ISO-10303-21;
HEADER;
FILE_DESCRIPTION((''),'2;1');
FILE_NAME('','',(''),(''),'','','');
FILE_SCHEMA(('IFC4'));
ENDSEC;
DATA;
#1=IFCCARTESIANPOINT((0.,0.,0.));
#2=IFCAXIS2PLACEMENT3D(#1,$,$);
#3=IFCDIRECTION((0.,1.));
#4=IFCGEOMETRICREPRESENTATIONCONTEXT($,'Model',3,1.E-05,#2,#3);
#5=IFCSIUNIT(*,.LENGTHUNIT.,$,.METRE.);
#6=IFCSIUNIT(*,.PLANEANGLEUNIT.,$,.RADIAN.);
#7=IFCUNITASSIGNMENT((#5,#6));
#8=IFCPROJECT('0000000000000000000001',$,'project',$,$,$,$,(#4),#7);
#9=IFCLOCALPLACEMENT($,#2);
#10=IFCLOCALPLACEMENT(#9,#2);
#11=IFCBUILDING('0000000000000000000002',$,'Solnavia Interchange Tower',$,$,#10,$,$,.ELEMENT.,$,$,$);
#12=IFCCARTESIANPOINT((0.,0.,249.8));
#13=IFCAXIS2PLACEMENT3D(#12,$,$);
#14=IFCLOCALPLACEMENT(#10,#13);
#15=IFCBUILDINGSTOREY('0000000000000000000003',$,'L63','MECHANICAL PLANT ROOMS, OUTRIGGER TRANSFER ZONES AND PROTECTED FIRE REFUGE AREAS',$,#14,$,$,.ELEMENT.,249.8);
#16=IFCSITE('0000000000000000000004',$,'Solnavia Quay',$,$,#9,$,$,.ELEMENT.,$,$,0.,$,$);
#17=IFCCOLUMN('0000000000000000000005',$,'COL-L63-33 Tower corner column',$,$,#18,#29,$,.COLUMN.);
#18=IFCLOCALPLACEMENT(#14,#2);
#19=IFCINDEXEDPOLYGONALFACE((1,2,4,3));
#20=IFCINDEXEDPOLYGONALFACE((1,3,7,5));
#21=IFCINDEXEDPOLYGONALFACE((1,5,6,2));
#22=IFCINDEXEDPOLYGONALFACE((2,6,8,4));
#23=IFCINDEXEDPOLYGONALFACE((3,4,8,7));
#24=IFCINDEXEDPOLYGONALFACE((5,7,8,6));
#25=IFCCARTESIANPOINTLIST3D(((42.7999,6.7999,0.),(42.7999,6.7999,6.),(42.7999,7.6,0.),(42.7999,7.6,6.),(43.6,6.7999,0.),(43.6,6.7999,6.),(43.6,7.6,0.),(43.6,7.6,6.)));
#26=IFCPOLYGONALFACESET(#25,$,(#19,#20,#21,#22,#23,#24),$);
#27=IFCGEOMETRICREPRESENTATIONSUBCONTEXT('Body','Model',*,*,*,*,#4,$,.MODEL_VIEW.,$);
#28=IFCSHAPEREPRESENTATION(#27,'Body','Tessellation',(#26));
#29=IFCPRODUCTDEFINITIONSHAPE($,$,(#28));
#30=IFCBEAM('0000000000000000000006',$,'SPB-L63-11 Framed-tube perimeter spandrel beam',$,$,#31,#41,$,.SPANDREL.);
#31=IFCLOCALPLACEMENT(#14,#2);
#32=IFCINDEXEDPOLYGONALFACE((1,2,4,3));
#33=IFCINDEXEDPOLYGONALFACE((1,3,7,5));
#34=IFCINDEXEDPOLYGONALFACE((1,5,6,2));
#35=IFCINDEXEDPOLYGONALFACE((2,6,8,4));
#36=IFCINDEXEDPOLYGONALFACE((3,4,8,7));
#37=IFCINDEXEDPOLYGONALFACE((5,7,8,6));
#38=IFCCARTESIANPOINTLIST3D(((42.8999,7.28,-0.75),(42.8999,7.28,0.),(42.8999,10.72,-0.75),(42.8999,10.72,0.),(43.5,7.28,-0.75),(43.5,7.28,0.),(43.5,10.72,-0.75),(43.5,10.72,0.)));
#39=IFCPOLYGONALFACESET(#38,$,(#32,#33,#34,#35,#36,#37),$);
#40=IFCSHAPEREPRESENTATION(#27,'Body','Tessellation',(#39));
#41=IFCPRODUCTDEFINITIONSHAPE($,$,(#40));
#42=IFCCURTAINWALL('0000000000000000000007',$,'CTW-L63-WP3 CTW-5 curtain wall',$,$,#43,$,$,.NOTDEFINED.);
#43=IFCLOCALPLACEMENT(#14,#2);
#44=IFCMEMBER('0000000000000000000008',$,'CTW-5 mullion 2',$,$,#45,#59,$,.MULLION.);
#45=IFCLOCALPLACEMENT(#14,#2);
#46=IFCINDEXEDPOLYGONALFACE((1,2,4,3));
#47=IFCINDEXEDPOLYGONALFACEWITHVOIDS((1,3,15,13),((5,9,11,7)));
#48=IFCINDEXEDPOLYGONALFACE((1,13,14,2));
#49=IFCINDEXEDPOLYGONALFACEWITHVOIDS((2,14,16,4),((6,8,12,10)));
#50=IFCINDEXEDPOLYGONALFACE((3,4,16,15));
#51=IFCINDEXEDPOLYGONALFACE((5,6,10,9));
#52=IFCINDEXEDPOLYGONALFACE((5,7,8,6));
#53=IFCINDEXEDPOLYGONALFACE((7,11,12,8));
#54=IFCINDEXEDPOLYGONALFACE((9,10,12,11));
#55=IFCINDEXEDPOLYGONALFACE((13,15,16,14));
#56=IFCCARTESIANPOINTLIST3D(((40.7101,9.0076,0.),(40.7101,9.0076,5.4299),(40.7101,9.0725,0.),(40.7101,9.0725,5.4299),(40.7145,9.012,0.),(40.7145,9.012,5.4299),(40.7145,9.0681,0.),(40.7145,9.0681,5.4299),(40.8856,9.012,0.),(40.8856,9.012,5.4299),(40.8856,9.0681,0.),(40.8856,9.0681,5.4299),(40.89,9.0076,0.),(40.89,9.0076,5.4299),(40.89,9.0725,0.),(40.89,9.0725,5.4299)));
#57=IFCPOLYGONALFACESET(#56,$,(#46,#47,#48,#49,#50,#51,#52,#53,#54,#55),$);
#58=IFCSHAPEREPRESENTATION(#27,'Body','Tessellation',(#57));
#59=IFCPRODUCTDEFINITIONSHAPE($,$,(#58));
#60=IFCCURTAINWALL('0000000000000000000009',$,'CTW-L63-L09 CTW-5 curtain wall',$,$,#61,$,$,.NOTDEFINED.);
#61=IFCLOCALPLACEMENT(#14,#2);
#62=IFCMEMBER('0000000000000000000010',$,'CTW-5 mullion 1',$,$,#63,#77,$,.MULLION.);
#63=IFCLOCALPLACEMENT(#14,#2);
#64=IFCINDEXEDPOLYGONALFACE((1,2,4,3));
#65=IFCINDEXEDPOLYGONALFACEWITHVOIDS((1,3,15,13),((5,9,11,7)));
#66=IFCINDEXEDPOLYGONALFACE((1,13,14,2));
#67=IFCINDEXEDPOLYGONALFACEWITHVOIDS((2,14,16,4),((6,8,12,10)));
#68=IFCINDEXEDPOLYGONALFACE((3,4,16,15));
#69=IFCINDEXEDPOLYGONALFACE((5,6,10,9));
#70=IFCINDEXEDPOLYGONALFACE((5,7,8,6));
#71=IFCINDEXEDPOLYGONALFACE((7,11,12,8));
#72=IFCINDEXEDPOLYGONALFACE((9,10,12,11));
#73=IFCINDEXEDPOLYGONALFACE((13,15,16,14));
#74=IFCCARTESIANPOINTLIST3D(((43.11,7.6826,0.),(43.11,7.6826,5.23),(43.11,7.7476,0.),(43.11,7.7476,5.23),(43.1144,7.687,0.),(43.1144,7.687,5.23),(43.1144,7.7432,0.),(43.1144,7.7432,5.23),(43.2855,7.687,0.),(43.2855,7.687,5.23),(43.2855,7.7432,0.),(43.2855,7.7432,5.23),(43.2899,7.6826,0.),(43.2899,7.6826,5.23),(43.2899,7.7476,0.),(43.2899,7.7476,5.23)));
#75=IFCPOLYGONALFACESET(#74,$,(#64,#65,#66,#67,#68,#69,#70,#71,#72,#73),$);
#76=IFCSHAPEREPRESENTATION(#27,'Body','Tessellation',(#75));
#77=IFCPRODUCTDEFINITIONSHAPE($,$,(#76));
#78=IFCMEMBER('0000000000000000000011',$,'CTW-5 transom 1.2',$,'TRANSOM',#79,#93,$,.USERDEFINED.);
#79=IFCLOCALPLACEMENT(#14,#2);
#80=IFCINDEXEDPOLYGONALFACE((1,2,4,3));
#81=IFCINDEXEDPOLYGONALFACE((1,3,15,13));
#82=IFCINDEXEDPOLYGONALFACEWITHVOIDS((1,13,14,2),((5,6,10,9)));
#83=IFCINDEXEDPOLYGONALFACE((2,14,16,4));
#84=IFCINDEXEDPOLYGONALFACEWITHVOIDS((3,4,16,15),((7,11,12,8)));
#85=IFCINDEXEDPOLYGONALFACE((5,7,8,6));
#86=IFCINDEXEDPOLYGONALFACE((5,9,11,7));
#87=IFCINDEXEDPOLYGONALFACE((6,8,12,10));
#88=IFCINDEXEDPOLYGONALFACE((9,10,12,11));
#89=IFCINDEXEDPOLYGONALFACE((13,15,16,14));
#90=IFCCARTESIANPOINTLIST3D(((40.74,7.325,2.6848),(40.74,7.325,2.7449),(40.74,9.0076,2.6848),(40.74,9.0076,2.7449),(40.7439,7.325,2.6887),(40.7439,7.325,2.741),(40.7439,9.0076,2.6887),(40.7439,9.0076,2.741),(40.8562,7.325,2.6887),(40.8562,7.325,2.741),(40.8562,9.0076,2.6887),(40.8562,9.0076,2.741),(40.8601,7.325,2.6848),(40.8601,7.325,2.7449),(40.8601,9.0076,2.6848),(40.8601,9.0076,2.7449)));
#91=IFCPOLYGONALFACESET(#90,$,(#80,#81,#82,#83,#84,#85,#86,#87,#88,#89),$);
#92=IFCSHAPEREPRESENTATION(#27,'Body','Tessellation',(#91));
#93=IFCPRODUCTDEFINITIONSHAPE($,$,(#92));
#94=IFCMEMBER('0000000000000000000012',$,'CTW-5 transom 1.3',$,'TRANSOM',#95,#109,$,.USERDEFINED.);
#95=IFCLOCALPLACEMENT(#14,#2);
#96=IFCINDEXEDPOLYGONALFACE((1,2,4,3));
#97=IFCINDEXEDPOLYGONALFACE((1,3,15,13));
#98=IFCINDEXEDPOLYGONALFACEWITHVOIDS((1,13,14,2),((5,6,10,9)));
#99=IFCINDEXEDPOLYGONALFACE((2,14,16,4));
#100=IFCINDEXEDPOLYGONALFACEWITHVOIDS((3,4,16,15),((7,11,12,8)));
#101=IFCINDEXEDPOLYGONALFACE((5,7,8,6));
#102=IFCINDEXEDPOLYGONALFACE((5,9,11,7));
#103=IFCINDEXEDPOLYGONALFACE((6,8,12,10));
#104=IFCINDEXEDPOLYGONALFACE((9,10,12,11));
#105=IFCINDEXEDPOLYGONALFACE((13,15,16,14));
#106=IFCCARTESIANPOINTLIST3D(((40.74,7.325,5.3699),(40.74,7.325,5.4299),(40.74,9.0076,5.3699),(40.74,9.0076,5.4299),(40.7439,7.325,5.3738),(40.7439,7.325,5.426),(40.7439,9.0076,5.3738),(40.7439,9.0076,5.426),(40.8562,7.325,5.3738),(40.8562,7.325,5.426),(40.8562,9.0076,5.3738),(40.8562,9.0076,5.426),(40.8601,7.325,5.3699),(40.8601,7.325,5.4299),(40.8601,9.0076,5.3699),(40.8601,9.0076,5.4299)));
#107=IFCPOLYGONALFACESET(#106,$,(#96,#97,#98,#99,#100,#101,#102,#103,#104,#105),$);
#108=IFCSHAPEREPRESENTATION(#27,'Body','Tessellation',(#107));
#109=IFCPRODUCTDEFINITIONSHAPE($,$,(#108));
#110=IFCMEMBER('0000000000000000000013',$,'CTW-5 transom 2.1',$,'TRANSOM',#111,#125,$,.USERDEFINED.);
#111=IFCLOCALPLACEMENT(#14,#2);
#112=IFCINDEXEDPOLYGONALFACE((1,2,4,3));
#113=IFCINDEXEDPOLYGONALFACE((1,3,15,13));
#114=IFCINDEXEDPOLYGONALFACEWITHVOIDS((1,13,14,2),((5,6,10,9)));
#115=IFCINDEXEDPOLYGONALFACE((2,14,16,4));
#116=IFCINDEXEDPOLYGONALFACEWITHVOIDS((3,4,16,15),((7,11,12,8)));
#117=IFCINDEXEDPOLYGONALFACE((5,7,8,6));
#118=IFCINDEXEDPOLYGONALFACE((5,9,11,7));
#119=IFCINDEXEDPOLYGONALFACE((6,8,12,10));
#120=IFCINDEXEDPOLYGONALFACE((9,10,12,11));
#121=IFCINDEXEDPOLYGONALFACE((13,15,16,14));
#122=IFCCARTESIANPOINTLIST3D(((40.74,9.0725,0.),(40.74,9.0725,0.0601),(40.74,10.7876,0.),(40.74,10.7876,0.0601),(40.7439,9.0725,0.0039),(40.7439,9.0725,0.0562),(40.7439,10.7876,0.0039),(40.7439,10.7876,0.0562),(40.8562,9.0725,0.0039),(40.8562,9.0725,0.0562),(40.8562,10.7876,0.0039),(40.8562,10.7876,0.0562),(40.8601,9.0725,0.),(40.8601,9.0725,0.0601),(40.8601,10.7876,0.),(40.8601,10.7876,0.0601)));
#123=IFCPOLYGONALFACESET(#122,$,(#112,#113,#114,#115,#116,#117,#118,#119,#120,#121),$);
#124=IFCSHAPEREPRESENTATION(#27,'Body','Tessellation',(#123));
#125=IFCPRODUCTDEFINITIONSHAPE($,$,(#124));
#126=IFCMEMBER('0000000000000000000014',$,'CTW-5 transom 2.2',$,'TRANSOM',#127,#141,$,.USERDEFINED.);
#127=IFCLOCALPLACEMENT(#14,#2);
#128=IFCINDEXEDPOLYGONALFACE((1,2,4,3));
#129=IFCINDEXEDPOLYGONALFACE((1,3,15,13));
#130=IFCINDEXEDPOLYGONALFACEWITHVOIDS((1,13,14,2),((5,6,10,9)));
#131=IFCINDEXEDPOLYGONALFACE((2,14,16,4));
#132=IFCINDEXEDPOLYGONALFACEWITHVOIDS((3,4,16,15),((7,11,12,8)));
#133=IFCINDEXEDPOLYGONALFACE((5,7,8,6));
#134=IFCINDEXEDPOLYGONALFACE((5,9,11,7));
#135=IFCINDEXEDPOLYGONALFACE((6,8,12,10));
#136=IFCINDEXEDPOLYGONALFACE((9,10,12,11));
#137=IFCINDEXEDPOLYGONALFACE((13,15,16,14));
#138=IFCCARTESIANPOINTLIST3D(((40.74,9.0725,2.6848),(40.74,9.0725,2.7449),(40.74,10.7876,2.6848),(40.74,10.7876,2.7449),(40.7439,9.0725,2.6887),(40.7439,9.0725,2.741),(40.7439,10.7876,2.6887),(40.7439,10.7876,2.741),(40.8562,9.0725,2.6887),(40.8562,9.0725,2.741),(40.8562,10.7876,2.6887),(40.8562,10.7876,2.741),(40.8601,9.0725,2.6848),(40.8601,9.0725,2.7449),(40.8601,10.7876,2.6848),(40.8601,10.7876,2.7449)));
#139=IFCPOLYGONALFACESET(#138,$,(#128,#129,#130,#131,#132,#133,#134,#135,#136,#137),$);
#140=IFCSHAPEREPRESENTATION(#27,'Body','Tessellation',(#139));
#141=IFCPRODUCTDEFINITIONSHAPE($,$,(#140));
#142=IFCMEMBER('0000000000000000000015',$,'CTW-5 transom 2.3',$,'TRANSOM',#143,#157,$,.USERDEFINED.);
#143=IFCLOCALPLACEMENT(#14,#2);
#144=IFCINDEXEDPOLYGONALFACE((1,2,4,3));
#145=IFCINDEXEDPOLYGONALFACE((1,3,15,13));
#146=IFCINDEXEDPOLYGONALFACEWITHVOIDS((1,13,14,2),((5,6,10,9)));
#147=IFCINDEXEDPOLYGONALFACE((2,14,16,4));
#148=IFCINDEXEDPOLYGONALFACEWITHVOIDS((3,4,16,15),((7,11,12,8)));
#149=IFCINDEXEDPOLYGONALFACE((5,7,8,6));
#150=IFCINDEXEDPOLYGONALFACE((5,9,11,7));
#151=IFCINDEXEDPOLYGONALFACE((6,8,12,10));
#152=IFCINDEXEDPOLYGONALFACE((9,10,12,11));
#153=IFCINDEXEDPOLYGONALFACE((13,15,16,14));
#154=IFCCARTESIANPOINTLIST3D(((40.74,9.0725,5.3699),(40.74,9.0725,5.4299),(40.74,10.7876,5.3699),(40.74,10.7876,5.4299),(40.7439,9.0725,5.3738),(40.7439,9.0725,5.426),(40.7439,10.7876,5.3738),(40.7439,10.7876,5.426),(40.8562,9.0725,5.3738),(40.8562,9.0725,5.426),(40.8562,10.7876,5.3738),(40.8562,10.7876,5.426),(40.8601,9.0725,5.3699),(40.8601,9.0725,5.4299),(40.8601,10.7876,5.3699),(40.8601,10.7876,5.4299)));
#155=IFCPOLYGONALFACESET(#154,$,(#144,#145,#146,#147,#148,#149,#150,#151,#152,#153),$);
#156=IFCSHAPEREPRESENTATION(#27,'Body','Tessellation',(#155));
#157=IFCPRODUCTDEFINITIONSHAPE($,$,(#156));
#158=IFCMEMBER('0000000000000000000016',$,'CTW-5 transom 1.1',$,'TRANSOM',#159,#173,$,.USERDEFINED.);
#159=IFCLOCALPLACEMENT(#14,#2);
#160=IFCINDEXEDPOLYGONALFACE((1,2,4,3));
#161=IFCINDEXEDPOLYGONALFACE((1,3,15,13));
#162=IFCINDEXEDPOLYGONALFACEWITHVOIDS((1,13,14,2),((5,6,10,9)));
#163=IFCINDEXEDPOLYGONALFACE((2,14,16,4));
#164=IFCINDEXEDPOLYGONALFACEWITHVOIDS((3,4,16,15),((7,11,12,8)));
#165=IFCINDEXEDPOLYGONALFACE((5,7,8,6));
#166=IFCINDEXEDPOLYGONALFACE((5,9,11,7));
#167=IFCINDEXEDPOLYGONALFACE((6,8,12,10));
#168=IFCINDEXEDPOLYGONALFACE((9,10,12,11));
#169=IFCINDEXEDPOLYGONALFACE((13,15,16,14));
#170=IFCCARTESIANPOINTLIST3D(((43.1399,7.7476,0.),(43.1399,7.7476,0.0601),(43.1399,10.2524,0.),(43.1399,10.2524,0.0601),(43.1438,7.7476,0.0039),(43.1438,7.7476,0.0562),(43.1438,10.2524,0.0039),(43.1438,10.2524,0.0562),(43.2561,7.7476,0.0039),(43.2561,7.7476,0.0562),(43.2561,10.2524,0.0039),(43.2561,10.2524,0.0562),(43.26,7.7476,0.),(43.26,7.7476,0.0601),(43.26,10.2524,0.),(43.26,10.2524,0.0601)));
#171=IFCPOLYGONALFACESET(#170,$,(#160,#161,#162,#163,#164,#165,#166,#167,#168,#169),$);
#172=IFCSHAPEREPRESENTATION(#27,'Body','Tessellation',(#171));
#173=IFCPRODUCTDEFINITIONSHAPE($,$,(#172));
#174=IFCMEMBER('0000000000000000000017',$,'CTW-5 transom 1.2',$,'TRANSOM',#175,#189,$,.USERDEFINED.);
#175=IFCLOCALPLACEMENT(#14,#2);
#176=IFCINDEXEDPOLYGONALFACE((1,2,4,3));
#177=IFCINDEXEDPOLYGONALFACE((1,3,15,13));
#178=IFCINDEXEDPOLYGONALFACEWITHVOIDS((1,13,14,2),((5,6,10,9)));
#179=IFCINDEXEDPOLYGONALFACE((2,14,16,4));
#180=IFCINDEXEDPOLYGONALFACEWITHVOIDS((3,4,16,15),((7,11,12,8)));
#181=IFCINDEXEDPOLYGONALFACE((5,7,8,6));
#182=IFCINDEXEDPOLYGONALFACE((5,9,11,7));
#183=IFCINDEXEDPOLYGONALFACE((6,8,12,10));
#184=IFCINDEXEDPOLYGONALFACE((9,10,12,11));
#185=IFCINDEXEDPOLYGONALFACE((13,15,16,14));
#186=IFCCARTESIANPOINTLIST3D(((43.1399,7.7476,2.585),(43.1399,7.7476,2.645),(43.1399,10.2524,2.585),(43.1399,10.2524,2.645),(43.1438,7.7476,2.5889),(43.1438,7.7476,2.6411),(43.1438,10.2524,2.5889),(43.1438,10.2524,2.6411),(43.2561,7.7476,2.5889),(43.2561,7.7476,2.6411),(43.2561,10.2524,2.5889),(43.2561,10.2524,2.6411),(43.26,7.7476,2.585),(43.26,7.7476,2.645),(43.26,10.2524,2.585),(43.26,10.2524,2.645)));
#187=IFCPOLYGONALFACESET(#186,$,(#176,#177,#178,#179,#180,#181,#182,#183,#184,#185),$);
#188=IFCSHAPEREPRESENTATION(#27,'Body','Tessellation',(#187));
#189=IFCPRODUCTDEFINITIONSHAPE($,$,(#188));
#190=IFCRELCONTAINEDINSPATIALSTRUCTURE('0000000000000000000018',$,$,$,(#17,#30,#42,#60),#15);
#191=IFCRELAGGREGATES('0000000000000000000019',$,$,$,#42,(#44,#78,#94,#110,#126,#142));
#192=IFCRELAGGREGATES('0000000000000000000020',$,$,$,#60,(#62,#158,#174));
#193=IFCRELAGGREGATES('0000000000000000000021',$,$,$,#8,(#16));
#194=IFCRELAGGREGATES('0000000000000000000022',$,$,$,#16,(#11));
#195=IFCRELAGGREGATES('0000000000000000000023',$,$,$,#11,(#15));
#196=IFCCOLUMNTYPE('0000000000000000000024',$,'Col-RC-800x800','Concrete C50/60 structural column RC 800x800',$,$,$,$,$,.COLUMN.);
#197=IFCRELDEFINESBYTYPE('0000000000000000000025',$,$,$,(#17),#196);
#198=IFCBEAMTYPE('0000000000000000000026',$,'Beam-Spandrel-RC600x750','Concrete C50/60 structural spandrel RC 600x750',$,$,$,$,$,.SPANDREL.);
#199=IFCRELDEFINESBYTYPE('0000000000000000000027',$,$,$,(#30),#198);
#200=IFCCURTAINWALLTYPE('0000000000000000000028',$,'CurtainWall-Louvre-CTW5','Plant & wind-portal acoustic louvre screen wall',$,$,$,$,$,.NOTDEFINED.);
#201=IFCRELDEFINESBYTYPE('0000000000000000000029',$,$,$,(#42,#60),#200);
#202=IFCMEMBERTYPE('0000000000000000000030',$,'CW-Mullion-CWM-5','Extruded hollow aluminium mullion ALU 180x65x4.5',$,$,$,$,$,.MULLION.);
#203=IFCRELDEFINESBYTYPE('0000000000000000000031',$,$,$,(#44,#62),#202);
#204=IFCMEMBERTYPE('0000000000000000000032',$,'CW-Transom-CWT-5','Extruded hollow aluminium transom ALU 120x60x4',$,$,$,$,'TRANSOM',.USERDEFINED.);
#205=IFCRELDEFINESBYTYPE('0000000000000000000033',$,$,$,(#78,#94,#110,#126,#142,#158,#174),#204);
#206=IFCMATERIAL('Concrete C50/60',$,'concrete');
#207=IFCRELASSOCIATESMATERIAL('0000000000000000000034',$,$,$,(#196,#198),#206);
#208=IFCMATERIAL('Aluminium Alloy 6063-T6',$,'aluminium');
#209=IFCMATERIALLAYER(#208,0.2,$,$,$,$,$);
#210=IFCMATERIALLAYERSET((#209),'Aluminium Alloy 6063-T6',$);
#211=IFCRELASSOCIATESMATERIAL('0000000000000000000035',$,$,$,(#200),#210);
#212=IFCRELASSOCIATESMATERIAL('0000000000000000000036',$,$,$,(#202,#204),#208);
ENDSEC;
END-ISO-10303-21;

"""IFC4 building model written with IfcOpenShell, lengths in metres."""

from ifc_helpers import new_model, si_unit, direction, frame, origin, origin_2d, place, context, subcontext, project, spatial, rectangle, hollow_rectangle, extrude, material, layer, layer_set, material_profile, profile_set, type_object, element, aggregate, save


model = new_model("IFC4")

# Units and contexts
model_context = context("Model", 3, precision=1e-05, world=origin(), true_north=direction((0.0, 1.0)))
body_context = subcontext(model_context, "Body", "Model", "MODEL_VIEW")
ifc_project = project(units=[si_unit("LENGTHUNIT", "METRE"), si_unit("PLANEANGLEUNIT", "RADIAN")], contexts=[model_context])

# Site, building, storey
site_placement = place(None, origin())
site = spatial("IfcSite", under=ifc_project, at=site_placement, Name="Solnavia Quay", CompositionType="ELEMENT", RefElevation=0.0)
building_placement = place(site_placement, origin())
building = spatial("IfcBuilding", under=site, at=building_placement, Name="Solnavia Interchange Tower", CompositionType="ELEMENT")
storey_placement = place(building_placement, frame((0.0, 0.0, 249.8)))
storey = spatial("IfcBuildingStorey", under=building, at=storey_placement, Name="L63", Description="MECHANICAL PLANT ROOMS, OUTRIGGER TRANSFER ZONES AND PROTECTED FIRE REFUGE AREAS", CompositionType="ELEMENT", Elevation=249.8)

# Column
ifc_material_1 = material(Name="Concrete C50/60", Category="concrete")
ifc_material_profile_1 = material_profile(ifc_material_1, rectangle(XDim=0.8, YDim=0.8, at=origin_2d()), Name="RC 800x800")
ifc_profile_set_1 = profile_set([ifc_material_profile_1], Name="Concrete C50/60")
column_type = type_object("IfcColumnType", Name="Col-RC-800x800", Description="Concrete C50/60 structural column RC 800x800", PredefinedType="COLUMN", material=ifc_profile_set_1)
column_placement = place(storey_placement, frame((43.2, 7.2, 0.0), z_axis=(0.0, 0.0, 1.0), x_axis=(1.0, 0.0, 0.0)))
element("IfcColumn", 1, at=column_placement, inside=storey, type_object=column_type, Name="COL-L63-33 Tower corner column", PredefinedType="COLUMN", context=body_context, shape_type="SweptSolid", body=[
    extrude(rectangle(XDim=0.8, YDim=0.8, at=origin_2d()), origin(), (0.0, 0.0, 1.0), 6.0),
])

# Beam
ifc_material_profile_2 = material_profile(ifc_material_1, rectangle(XDim=0.6001, YDim=0.75, at=origin_2d()), Name="RC 600x750")
ifc_profile_set_2 = profile_set([ifc_material_profile_2], Name="Concrete C50/60")
beam_type = type_object("IfcBeamType", Name="Beam-Spandrel-RC600x750", Description="Concrete C50/60 structural spandrel RC 600x750", PredefinedType="SPANDREL", material=ifc_profile_set_2)
beam_placement = place(storey_placement, frame((43.2, 7.28, -0.375), z_axis=(0.0, 1.0, 0.0), x_axis=(-1.0, 0.0, 0.0)))
element("IfcBeam", 2, at=beam_placement, inside=storey, type_object=beam_type, Name="SPB-L63-11 Framed-tube perimeter spandrel beam", PredefinedType="SPANDREL", context=body_context, shape_type="SweptSolid", body=[
    extrude(rectangle(XDim=0.6001, YDim=0.75, at=origin_2d()), origin(), (0.0, 0.0, 1.0), 3.4399),
])

# Curtain walls, members
ifc_material_2 = material(Name="Aluminium Alloy 6063-T6", Category="aluminium")
ifc_layer_1 = layer(ifc_material_2, 0.2)
ifc_layer_set_1 = layer_set([ifc_layer_1], Name="Aluminium Alloy 6063-T6")
curtain_wall_type = type_object("IfcCurtainWallType", Name="CurtainWall-Louvre-CTW5", Description="Plant & wind-portal acoustic louvre screen wall", PredefinedType="NOTDEFINED", material=ifc_layer_set_1)
curtain_wall_1_placement = place(storey_placement, origin())
curtain_wall_1 = element("IfcCurtainWall", 3, at=curtain_wall_1_placement, inside=storey, type_object=curtain_wall_type, Name="CTW-L63-WP3 CTW-5 curtain wall", PredefinedType="NOTDEFINED")
ifc_material_profile_3 = material_profile(ifc_material_2, hollow_rectangle(XDim=0.0649, YDim=0.1799, WallThickness=0.0044, at=origin_2d()), Name="ALU 180x65x4.5")
ifc_profile_set_3 = profile_set([ifc_material_profile_3], Name="Aluminium Alloy 6063-T6")
member_type_1 = type_object("IfcMemberType", Name="CW-Mullion-CWM-5", Description="Extruded hollow aluminium mullion ALU 180x65x4.5", PredefinedType="MULLION", material=ifc_profile_set_3)
member_1_placement = place(storey_placement, frame((40.8, 9.04, 0.0), z_axis=(0.0, 0.0, 1.0), x_axis=(0.0, 1.0, 0.0)))
member_1 = element("IfcMember", 4, at=member_1_placement, type_object=member_type_1, Name="CTW-5 mullion 2", PredefinedType="MULLION", context=body_context, shape_type="SweptSolid", body=[
    extrude(hollow_rectangle(XDim=0.0649, YDim=0.1799, WallThickness=0.0044, at=origin_2d()), origin(), (0.0, 0.0, 1.0), 5.4299),
])
curtain_wall_2_placement = place(storey_placement, origin())
curtain_wall_2 = element("IfcCurtainWall", 5, at=curtain_wall_2_placement, inside=storey, type_object=curtain_wall_type, Name="CTW-L63-L09 CTW-5 curtain wall", PredefinedType="NOTDEFINED")
member_2_placement = place(storey_placement, frame((43.2, 7.7151, 0.0), z_axis=(0.0, 0.0, 1.0), x_axis=(0.0, 1.0, 0.0)))
member_2 = element("IfcMember", 6, at=member_2_placement, type_object=member_type_1, Name="CTW-5 mullion 1", PredefinedType="MULLION", context=body_context, shape_type="SweptSolid", body=[
    extrude(hollow_rectangle(XDim=0.0649, YDim=0.1799, WallThickness=0.0044, at=origin_2d()), origin(), (0.0, 0.0, 1.0), 5.23),
])

# Members
ifc_material_profile_4 = material_profile(ifc_material_2, hollow_rectangle(XDim=0.0601, YDim=0.1201, WallThickness=0.0039, at=origin_2d()), Name="ALU 120x60x4")
ifc_profile_set_4 = profile_set([ifc_material_profile_4], Name="Aluminium Alloy 6063-T6")
member_type_2 = type_object("IfcMemberType", Name="CW-Transom-CWT-5", Description="Extruded hollow aluminium transom ALU 120x60x4", ElementType="TRANSOM", PredefinedType="USERDEFINED", material=ifc_profile_set_4)
member_3_placement = place(storey_placement, frame((40.8, 7.325, 2.7148), z_axis=(0.0, 1.0, 0.0), x_axis=(0.0, 0.0, 1.0)))
member_3 = element("IfcMember", 7, at=member_3_placement, type_object=member_type_2, Name="CTW-5 transom 1.2", ObjectType="TRANSOM", PredefinedType="USERDEFINED", context=body_context, shape_type="SweptSolid", body=[
    extrude(hollow_rectangle(XDim=0.0601, YDim=0.1201, WallThickness=0.0039, at=origin_2d()), origin(), (0.0, 0.0, 1.0), 1.6826),
])
member_4_placement = place(storey_placement, frame((40.8, 7.325, 5.3999), z_axis=(0.0, 1.0, 0.0), x_axis=(0.0, 0.0, 1.0)))
member_4 = element("IfcMember", 8, at=member_4_placement, type_object=member_type_2, Name="CTW-5 transom 1.3", ObjectType="TRANSOM", PredefinedType="USERDEFINED", context=body_context, shape_type="SweptSolid", body=[
    extrude(hollow_rectangle(XDim=0.0601, YDim=0.1201, WallThickness=0.0039, at=origin_2d()), origin(), (0.0, 0.0, 1.0), 1.6826),
])
member_5_placement = place(storey_placement, frame((40.8, 9.0725, 0.03), z_axis=(0.0, 1.0, 0.0), x_axis=(0.0, 0.0, 1.0)))
member_5 = element("IfcMember", 9, at=member_5_placement, type_object=member_type_2, Name="CTW-5 transom 2.1", ObjectType="TRANSOM", PredefinedType="USERDEFINED", context=body_context, shape_type="SweptSolid", body=[
    extrude(hollow_rectangle(XDim=0.0601, YDim=0.1201, WallThickness=0.0039, at=origin_2d()), origin(), (0.0, 0.0, 1.0), 1.7151),
])
member_6_placement = place(storey_placement, frame((40.8, 9.0725, 2.7148), z_axis=(0.0, 1.0, 0.0), x_axis=(0.0, 0.0, 1.0)))
member_6 = element("IfcMember", 10, at=member_6_placement, type_object=member_type_2, Name="CTW-5 transom 2.2", ObjectType="TRANSOM", PredefinedType="USERDEFINED", context=body_context, shape_type="SweptSolid", body=[
    extrude(hollow_rectangle(XDim=0.0601, YDim=0.1201, WallThickness=0.0039, at=origin_2d()), origin(), (0.0, 0.0, 1.0), 1.7151),
])
member_7_placement = place(storey_placement, frame((40.8, 9.0725, 5.3999), z_axis=(0.0, 1.0, 0.0), x_axis=(0.0, 0.0, 1.0)))
member_7 = element("IfcMember", 11, at=member_7_placement, type_object=member_type_2, Name="CTW-5 transom 2.3", ObjectType="TRANSOM", PredefinedType="USERDEFINED", context=body_context, shape_type="SweptSolid", body=[
    extrude(hollow_rectangle(XDim=0.0601, YDim=0.1201, WallThickness=0.0039, at=origin_2d()), origin(), (0.0, 0.0, 1.0), 1.7151),
])
member_8_placement = place(storey_placement, frame((43.2, 7.7476, 0.03), z_axis=(0.0, 1.0, 0.0), x_axis=(0.0, 0.0, 1.0)))
member_8 = element("IfcMember", 12, at=member_8_placement, type_object=member_type_2, Name="CTW-5 transom 1.1", ObjectType="TRANSOM", PredefinedType="USERDEFINED", context=body_context, shape_type="SweptSolid", body=[
    extrude(hollow_rectangle(XDim=0.0601, YDim=0.1201, WallThickness=0.0039, at=origin_2d()), origin(), (0.0, 0.0, 1.0), 2.5049),
])
member_9_placement = place(storey_placement, frame((43.2, 7.7476, 2.615), z_axis=(0.0, 1.0, 0.0), x_axis=(0.0, 0.0, 1.0)))
member_9 = element("IfcMember", 13, at=member_9_placement, type_object=member_type_2, Name="CTW-5 transom 1.2", ObjectType="TRANSOM", PredefinedType="USERDEFINED", context=body_context, shape_type="SweptSolid", body=[
    extrude(hollow_rectangle(XDim=0.0601, YDim=0.1201, WallThickness=0.0039, at=origin_2d()), origin(), (0.0, 0.0, 1.0), 2.5049),
])

aggregate(curtain_wall_1, [member_1, member_3, member_4, member_5, member_6, member_7])
aggregate(curtain_wall_2, [member_2, member_8, member_9])

save(model, "model.ifc")
